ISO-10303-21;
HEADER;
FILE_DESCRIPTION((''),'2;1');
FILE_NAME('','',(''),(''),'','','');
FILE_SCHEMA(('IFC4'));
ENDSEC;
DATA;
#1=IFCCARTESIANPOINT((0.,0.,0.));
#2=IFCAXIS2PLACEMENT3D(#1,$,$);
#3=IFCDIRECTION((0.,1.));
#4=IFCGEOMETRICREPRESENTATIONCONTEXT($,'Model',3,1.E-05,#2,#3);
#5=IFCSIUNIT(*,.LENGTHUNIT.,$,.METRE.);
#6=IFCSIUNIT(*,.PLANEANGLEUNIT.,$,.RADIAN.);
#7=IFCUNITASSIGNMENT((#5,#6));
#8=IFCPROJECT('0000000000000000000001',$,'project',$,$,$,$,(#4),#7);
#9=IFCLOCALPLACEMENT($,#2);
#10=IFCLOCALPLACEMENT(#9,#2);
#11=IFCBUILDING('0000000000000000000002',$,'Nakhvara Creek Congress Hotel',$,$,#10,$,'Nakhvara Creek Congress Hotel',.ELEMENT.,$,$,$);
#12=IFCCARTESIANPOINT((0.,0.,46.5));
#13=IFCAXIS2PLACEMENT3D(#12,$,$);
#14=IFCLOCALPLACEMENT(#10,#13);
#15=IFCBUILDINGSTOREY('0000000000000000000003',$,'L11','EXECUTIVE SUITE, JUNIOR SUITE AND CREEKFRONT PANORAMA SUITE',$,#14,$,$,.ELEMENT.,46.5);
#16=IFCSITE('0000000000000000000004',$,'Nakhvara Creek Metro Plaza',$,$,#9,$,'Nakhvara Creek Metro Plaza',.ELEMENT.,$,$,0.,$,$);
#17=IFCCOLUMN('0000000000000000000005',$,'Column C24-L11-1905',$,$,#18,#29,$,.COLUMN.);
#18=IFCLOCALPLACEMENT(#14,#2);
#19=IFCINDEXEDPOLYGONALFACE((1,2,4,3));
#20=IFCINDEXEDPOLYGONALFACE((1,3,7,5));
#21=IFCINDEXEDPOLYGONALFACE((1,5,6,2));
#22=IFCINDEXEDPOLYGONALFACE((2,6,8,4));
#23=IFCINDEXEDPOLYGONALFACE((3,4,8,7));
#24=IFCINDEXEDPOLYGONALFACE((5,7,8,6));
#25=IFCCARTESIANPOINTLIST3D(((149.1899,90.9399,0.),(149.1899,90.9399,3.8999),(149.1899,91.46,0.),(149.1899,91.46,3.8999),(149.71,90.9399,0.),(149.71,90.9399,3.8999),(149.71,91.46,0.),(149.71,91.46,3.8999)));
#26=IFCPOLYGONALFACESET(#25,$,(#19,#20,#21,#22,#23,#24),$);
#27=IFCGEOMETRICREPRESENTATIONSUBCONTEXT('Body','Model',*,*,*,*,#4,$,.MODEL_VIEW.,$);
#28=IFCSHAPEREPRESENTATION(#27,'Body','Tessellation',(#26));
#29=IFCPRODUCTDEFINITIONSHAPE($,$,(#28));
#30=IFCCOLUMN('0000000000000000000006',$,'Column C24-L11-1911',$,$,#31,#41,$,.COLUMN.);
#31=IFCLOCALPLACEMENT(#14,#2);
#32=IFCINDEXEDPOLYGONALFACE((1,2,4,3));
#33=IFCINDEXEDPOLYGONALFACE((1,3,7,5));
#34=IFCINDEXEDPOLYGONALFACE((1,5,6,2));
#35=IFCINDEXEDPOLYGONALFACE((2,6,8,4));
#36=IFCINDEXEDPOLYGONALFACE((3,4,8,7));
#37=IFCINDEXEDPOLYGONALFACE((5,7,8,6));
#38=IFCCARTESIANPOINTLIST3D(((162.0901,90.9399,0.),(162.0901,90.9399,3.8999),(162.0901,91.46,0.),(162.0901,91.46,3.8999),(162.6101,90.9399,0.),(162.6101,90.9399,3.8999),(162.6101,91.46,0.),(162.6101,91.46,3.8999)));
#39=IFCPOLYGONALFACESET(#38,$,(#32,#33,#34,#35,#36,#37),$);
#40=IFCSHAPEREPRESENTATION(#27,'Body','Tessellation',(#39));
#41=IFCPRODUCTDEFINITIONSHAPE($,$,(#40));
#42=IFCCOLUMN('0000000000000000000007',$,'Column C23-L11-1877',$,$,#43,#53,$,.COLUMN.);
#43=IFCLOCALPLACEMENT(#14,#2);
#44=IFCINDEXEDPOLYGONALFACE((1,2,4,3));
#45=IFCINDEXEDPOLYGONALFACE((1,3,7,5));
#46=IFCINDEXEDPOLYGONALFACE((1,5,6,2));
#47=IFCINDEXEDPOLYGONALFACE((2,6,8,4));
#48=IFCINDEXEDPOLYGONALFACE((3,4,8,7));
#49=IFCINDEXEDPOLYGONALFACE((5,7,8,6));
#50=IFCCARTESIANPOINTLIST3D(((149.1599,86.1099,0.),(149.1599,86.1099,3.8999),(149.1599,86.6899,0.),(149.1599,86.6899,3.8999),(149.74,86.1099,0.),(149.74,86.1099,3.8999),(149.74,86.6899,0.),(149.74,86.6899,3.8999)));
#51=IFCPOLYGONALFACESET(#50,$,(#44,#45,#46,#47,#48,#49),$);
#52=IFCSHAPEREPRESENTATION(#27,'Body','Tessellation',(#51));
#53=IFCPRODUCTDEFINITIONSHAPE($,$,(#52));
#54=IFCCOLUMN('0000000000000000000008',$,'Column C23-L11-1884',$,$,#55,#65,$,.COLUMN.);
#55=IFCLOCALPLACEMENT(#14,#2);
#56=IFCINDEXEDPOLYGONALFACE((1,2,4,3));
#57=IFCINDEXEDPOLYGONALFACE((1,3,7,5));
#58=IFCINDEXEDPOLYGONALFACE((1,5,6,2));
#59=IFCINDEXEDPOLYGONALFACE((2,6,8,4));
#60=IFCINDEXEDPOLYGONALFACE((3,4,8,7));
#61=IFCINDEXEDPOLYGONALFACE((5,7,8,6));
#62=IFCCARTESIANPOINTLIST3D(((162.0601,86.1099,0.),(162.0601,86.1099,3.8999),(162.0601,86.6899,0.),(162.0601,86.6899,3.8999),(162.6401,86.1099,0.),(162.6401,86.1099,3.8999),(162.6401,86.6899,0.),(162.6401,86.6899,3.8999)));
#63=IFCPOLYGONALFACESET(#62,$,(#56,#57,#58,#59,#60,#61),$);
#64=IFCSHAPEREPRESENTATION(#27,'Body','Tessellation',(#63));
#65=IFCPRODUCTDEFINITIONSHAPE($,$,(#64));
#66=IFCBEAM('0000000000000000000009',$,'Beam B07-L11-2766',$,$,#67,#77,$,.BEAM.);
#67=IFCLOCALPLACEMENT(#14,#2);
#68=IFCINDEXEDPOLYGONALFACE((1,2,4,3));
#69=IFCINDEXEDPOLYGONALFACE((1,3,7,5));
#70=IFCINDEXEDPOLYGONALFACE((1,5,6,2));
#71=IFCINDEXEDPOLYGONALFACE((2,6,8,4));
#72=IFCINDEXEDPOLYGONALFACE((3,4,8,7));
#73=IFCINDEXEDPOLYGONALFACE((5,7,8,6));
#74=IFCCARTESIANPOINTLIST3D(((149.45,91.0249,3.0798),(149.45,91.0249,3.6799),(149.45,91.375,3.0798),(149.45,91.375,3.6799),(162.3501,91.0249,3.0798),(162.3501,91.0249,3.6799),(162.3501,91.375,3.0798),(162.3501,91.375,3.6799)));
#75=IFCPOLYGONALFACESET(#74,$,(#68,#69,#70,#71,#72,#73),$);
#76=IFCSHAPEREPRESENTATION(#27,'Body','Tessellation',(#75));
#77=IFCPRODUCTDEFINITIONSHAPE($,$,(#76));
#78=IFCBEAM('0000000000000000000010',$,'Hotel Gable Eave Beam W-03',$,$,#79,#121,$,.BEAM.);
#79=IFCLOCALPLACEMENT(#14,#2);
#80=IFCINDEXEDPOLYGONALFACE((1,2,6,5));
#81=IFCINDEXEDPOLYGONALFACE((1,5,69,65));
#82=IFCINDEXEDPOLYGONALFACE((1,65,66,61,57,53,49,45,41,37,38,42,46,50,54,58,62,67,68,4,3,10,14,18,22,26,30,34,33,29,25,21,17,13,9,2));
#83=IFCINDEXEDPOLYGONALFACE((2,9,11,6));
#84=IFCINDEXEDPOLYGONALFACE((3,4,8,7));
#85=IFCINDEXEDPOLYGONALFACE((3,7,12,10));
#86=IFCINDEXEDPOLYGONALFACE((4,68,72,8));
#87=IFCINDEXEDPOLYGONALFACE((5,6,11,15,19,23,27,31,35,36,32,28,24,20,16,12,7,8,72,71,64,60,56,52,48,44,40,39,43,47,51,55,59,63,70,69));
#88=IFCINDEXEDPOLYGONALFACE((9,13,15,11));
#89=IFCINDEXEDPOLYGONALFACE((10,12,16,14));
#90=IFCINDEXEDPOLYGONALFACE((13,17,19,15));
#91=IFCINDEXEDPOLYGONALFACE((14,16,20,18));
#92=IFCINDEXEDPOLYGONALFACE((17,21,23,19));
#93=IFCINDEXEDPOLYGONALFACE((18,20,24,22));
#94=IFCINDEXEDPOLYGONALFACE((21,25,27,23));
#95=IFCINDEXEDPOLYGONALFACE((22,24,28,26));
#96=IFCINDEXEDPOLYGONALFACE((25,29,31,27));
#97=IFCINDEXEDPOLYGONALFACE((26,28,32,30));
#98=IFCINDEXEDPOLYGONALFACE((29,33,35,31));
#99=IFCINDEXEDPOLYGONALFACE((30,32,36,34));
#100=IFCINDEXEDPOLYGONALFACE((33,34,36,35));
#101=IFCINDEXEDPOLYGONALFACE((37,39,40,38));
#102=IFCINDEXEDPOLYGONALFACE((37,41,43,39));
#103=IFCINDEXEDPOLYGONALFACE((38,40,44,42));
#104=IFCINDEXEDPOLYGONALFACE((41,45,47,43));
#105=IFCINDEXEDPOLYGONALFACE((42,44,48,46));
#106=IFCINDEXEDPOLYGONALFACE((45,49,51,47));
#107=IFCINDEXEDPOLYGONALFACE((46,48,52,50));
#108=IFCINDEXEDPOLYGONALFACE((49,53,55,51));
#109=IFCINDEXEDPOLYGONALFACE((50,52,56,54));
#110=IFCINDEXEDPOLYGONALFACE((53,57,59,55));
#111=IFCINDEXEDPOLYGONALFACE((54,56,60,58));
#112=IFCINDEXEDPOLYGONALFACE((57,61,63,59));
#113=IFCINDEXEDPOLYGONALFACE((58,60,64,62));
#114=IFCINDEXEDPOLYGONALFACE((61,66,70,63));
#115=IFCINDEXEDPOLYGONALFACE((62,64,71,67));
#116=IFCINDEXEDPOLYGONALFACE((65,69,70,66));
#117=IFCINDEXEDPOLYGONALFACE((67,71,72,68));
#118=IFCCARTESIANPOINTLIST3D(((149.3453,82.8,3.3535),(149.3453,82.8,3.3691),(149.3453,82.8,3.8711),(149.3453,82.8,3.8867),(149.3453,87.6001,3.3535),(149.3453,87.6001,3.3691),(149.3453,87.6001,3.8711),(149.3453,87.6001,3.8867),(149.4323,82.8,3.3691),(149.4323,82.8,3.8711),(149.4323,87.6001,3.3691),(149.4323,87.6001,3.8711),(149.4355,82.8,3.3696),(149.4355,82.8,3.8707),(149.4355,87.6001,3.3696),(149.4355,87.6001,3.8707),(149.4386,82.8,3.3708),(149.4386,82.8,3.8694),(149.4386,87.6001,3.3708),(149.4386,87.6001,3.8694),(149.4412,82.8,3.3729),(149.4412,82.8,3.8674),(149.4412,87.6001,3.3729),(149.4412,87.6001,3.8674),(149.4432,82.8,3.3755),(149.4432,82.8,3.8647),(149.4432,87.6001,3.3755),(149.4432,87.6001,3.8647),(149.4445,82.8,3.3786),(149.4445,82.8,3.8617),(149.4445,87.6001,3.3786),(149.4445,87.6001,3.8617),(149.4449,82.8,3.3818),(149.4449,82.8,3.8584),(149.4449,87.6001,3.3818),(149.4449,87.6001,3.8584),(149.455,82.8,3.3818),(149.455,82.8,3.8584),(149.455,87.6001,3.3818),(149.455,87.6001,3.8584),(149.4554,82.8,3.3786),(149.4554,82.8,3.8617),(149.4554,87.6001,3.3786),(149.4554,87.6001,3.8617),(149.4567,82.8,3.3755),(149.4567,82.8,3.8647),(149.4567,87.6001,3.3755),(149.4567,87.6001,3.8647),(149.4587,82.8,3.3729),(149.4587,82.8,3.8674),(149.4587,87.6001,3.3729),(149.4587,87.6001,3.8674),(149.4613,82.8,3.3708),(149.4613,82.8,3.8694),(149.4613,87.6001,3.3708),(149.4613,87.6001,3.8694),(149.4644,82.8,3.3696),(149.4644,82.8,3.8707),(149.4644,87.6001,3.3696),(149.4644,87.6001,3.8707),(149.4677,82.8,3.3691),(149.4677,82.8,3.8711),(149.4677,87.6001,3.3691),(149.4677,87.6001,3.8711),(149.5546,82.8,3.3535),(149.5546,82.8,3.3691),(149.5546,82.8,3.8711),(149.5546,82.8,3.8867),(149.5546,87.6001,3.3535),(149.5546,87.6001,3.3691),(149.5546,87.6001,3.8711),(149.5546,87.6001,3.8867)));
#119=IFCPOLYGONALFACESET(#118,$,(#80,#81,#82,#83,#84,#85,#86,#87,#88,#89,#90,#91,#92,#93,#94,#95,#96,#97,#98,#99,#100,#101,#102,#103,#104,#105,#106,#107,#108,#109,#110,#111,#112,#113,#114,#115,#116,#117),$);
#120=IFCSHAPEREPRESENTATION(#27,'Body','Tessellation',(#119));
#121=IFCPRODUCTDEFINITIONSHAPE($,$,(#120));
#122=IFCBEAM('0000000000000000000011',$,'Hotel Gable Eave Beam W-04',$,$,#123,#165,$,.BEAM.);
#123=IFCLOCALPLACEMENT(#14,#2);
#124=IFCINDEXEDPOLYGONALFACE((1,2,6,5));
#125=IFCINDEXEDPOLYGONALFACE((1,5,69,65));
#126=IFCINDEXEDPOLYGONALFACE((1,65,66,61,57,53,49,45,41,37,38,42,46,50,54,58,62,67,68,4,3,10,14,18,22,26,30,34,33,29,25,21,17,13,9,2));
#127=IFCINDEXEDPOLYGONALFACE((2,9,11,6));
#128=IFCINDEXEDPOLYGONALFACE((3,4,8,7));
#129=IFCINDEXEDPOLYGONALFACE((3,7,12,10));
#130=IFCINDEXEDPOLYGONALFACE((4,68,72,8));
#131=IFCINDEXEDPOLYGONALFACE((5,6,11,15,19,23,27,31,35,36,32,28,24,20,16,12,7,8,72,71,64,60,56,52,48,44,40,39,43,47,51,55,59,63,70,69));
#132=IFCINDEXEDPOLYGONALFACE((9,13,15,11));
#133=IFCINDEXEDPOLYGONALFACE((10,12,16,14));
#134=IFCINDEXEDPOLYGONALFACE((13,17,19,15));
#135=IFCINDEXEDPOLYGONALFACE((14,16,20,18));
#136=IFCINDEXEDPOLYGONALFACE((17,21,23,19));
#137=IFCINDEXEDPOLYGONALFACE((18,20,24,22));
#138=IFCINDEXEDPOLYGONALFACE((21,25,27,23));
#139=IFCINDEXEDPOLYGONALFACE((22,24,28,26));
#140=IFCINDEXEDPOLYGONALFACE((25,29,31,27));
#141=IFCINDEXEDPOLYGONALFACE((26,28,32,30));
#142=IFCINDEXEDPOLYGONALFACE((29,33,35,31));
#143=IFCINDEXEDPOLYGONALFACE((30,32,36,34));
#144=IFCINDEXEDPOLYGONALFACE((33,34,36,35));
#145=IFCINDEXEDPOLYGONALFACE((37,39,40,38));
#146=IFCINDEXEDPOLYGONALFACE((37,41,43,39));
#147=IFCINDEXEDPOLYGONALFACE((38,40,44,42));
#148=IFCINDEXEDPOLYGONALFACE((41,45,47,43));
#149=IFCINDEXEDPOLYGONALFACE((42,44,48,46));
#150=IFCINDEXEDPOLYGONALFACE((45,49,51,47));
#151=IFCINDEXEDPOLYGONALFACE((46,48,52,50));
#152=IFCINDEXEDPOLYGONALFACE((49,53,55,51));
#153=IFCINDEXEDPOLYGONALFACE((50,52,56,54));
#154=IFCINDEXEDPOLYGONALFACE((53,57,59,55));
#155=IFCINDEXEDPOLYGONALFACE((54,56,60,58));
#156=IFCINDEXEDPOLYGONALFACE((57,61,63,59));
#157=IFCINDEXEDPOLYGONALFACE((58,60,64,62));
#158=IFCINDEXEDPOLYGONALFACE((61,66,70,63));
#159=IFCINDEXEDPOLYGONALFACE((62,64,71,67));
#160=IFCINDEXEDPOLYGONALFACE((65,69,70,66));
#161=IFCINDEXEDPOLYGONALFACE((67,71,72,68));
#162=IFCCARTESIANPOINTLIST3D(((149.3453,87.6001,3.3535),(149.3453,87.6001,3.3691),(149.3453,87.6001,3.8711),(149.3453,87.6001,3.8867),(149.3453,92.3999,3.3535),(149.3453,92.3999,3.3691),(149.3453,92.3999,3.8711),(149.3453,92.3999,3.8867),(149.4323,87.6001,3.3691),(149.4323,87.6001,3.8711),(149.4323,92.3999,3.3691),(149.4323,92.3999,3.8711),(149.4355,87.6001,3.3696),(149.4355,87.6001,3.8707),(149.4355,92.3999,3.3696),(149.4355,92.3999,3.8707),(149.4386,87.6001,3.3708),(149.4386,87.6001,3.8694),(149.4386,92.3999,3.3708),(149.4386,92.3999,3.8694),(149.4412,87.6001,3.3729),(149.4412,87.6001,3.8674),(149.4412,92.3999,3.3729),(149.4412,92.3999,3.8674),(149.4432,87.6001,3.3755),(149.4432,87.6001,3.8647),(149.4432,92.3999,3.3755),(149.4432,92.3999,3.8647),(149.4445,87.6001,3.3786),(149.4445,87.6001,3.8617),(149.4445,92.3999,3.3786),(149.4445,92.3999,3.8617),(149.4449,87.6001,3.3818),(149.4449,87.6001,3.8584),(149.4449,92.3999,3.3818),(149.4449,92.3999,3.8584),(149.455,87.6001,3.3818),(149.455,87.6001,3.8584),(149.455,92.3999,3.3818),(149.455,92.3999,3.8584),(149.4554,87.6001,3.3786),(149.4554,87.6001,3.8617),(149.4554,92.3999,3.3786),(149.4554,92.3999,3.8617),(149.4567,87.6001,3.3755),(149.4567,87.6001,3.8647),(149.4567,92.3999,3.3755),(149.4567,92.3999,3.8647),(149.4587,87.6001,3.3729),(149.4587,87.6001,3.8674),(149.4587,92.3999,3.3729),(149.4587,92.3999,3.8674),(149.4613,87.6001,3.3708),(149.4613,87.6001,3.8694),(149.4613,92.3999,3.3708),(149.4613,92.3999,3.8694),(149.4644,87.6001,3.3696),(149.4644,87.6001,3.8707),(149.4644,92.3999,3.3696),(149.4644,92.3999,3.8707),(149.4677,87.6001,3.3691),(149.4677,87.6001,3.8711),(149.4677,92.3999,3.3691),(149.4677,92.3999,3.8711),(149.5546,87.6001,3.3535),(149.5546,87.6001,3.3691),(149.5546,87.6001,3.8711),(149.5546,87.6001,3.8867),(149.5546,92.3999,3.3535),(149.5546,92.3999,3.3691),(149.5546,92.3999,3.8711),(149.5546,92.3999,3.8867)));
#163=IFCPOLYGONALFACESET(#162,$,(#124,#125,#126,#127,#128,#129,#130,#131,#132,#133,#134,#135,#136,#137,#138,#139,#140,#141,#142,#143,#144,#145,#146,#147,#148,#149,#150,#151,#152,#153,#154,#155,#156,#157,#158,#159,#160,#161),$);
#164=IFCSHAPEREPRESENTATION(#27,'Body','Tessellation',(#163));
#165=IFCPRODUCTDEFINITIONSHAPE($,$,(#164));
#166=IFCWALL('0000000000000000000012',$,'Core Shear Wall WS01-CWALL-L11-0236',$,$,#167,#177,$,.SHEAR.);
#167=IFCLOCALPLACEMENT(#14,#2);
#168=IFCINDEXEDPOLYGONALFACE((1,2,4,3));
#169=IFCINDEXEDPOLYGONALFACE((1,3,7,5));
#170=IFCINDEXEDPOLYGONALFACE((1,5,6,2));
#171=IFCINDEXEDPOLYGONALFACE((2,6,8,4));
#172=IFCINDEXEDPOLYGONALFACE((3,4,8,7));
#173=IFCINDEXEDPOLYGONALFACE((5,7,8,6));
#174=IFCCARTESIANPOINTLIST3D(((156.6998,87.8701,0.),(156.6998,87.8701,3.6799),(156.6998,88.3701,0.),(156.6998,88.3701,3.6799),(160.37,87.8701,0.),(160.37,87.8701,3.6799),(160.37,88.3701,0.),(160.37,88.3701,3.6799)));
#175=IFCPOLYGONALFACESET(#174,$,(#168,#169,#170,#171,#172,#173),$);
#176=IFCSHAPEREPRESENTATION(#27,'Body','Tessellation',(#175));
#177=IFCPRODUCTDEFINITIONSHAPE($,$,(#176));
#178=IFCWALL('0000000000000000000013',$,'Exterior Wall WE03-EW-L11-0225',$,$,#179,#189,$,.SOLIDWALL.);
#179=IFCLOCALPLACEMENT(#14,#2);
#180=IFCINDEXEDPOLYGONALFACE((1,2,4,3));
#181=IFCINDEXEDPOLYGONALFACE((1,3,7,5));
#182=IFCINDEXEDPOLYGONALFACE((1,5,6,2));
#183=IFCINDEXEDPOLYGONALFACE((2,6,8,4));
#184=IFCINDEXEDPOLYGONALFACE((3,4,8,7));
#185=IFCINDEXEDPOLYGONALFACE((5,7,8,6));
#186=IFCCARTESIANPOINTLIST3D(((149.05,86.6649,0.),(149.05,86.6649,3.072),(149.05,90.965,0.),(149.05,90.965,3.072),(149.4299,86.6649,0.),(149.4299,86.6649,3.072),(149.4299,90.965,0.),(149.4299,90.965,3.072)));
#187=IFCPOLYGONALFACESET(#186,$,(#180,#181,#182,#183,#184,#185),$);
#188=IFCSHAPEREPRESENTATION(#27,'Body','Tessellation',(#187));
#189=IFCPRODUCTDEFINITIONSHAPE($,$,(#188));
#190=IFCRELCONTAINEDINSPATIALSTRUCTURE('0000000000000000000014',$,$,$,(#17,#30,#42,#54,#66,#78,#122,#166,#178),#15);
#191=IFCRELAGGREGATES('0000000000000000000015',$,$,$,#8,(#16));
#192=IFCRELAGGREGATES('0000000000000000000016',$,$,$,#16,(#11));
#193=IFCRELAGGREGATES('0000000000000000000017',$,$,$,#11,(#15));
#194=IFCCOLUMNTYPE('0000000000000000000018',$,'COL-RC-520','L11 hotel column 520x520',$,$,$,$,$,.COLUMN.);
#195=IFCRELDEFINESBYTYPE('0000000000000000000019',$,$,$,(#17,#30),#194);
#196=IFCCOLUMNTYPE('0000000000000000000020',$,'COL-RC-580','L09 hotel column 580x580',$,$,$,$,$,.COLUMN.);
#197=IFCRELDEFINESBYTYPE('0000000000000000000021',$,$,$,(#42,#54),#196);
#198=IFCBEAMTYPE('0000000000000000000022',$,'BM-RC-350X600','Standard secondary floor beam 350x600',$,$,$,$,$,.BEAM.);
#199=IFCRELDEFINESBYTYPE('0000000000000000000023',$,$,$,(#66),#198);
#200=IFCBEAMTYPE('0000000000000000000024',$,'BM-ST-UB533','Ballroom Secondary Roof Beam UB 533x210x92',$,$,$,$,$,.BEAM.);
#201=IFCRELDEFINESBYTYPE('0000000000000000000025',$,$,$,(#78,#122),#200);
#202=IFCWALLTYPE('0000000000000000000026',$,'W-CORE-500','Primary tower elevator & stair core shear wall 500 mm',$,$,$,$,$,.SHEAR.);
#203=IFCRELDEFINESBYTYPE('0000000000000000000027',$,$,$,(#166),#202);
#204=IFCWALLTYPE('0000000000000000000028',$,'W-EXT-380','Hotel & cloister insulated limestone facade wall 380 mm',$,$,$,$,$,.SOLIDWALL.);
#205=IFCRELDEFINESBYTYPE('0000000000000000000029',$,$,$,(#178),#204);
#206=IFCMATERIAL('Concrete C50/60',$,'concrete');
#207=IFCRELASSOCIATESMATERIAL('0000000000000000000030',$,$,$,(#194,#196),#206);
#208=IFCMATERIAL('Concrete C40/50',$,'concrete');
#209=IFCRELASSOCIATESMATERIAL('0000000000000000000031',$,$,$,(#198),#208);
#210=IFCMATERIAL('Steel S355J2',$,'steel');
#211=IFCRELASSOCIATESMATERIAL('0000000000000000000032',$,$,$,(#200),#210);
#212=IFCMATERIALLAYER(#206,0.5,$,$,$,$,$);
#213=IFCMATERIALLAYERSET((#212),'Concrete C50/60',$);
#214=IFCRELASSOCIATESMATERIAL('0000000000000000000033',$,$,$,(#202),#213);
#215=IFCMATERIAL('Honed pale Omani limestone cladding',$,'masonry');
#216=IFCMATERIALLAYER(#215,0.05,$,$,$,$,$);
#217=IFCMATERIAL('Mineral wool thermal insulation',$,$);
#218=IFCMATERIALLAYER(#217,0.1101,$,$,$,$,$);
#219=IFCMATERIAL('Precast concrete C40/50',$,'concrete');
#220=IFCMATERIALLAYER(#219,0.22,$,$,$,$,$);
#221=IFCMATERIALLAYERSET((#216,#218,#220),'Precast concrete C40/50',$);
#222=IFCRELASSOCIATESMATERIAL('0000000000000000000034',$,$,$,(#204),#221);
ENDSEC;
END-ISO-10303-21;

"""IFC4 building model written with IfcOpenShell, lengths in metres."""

from ifc_helpers import new_model, si_unit, direction, frame, frame_2d, origin, origin_2d, place, context, subcontext, project, spatial, rectangle, i_section, extrude, material, layer, layer_set, material_profile, profile_set, type_object, element, save


model = new_model("IFC4")

# Units and contexts
model_context = context("Model", 3, precision=1e-05, world=origin(), true_north=direction((0.0, 1.0)))
body_context = subcontext(model_context, "Body", "Model", "MODEL_VIEW")
ifc_project = project(units=[si_unit("LENGTHUNIT", "METRE"), si_unit("PLANEANGLEUNIT", "RADIAN")], contexts=[model_context])

# Site, building, storey
site_placement = place(None, origin())
site = spatial("IfcSite", under=ifc_project, at=site_placement, Name="Nakhvara Creek Metro Plaza", LongName="Nakhvara Creek Metro Plaza", CompositionType="ELEMENT", RefElevation=0.0)
building_placement = place(site_placement, origin())
building = spatial("IfcBuilding", under=site, at=building_placement, Name="Nakhvara Creek Congress Hotel", LongName="Nakhvara Creek Congress Hotel", CompositionType="ELEMENT")
storey_placement = place(building_placement, frame((0.0, 0.0, 46.5)))
storey = spatial("IfcBuildingStorey", under=building, at=storey_placement, Name="L11", Description="EXECUTIVE SUITE, JUNIOR SUITE AND CREEKFRONT PANORAMA SUITE", CompositionType="ELEMENT", Elevation=46.5)

# Columns
ifc_material_1 = material(Name="Concrete C50/60", Category="concrete")
ifc_material_profile_1 = material_profile(ifc_material_1, rectangle(XDim=0.52, YDim=0.52, at=origin_2d()), Name="RC-COL 520x520", Category="LoadBearing")
ifc_profile_set_1 = profile_set([ifc_material_profile_1], Name="Concrete C50/60")
column_type_1 = type_object("IfcColumnType", Name="COL-RC-520", Description="L11 hotel column 520x520", PredefinedType="COLUMN", material=ifc_profile_set_1)
for number, where, z_axis, x_axis, name in (
    (1, (149.45, 91.2, 0.0), (0.0, 0.0, 1.0), (1.0, 0.0, 0.0), "Column C24-L11-1905"),
    (2, (162.3501, 91.2, 0.0), (0.0, 0.0, 1.0), (1.0, 0.0, 0.0), "Column C24-L11-1911"),
):
    element("IfcColumn", number, at=place(storey_placement, frame(where, z_axis=z_axis, x_axis=x_axis)), inside=storey, type_object=column_type_1, Name=name, PredefinedType="COLUMN", context=body_context, shape_type="SweptSolid", body=[
        extrude(rectangle(XDim=0.52, YDim=0.52, at=origin_2d()), origin(), (0.0, 0.0, 1.0), 3.8999),
    ])
ifc_material_profile_2 = material_profile(ifc_material_1, rectangle(XDim=0.5801, YDim=0.5801, at=origin_2d()), Name="RC-COL 580x580", Category="LoadBearing")
ifc_profile_set_2 = profile_set([ifc_material_profile_2], Name="Concrete C50/60")
column_type_2 = type_object("IfcColumnType", Name="COL-RC-580", Description="L09 hotel column 580x580", PredefinedType="COLUMN", material=ifc_profile_set_2)
for number, where, z_axis, x_axis, name in (
    (3, (149.45, 86.3999, 0.0), (0.0, 0.0, 1.0), (1.0, 0.0, 0.0), "Column C23-L11-1877"),
    (4, (162.3501, 86.3999, 0.0), (0.0, 0.0, 1.0), (1.0, 0.0, 0.0), "Column C23-L11-1884"),
):
    element("IfcColumn", number, at=place(storey_placement, frame(where, z_axis=z_axis, x_axis=x_axis)), inside=storey, type_object=column_type_2, Name=name, PredefinedType="COLUMN", context=body_context, shape_type="SweptSolid", body=[
        extrude(rectangle(XDim=0.5801, YDim=0.5801, at=origin_2d()), origin(), (0.0, 0.0, 1.0), 3.8999),
    ])

# Beams
ifc_material_2 = material(Name="Concrete C40/50", Category="concrete")
ifc_material_profile_3 = material_profile(ifc_material_2, rectangle(XDim=0.3501, YDim=0.6001, at=origin_2d()), Name="RC-BM 350x600", Category="LoadBearing")
ifc_profile_set_3 = profile_set([ifc_material_profile_3], Name="Concrete C40/50")
beam_type_1 = type_object("IfcBeamType", Name="BM-RC-350X600", Description="Standard secondary floor beam 350x600", PredefinedType="BEAM", material=ifc_profile_set_3)
beam_1_placement = place(storey_placement, frame((149.45, 91.2, 3.3799), z_axis=(1.0, 0.0, 0.0), x_axis=(0.0, 1.0, 0.0)))
element("IfcBeam", 5, at=beam_1_placement, inside=storey, type_object=beam_type_1, Name="Beam B07-L11-2766", PredefinedType="BEAM", context=body_context, shape_type="SweptSolid", body=[
    extrude(rectangle(XDim=0.3501, YDim=0.6001, at=origin_2d()), origin(), (0.0, 0.0, 1.0), 12.9001),
])
ifc_material_3 = material(Name="Steel S355J2", Category="steel")
ifc_material_profile_4 = material_profile(ifc_material_3, i_section(OverallWidth=0.2092, OverallDepth=0.5332, WebThickness=0.01, FlangeThickness=0.0156, FilletRadius=0.0127, at=origin_2d()), Name="UB 533x210x92", Category="LoadBearing")
ifc_profile_set_4 = profile_set([ifc_material_profile_4], Name="Steel S355J2")
beam_type_2 = type_object("IfcBeamType", Name="BM-ST-UB533", Description="Ballroom Secondary Roof Beam UB 533x210x92", PredefinedType="BEAM", material=ifc_profile_set_4)
beam_2_placement = place(storey_placement, frame((149.45, 82.8, 3.6201), z_axis=(0.0, 1.0, 0.0), x_axis=(-1.0, 0.0, 0.0)))
element("IfcBeam", 6, at=beam_2_placement, inside=storey, type_object=beam_type_2, Name="Hotel Gable Eave Beam W-03", PredefinedType="BEAM", context=body_context, shape_type="SweptSolid", body=[
    extrude(i_section(OverallWidth=0.2092, OverallDepth=0.5332, WebThickness=0.01, FlangeThickness=0.0156, FilletRadius=0.0127, at=origin_2d()), origin(), (0.0, 0.0, 1.0), 4.8),
])
beam_3_placement = place(storey_placement, frame((149.45, 87.6001, 3.6201), z_axis=(0.0, 1.0, 0.0), x_axis=(-1.0, 0.0, 0.0)))
element("IfcBeam", 7, at=beam_3_placement, inside=storey, type_object=beam_type_2, Name="Hotel Gable Eave Beam W-04", PredefinedType="BEAM", context=body_context, shape_type="SweptSolid", body=[
    extrude(i_section(OverallWidth=0.2092, OverallDepth=0.5332, WebThickness=0.01, FlangeThickness=0.0156, FilletRadius=0.0127, at=origin_2d()), origin(), (0.0, 0.0, 1.0), 4.7998),
])

# Walls
ifc_layer_1 = layer(ifc_material_1, 0.5)
ifc_layer_set_1 = layer_set([ifc_layer_1], Name="Concrete C50/60")
wall_type_1 = type_object("IfcWallType", Name="W-CORE-500", Description="Primary tower elevator & stair core shear wall 500 mm", PredefinedType="SHEAR", material=ifc_layer_set_1)
wall_1_placement = place(storey_placement, frame((156.7, 88.1201, 0.0), z_axis=(0.0, 0.0, 1.0), x_axis=(1.0, 0.0, 0.0)))
element("IfcWall", 8, at=wall_1_placement, inside=storey, type_object=wall_type_1, Name="Core Shear Wall WS01-CWALL-L11-0236", PredefinedType="SHEAR", context=body_context, shape_type="SweptSolid", body=[
    extrude(rectangle(XDim=3.6702, YDim=0.5, at=frame_2d((1.835, 0.0))), origin(), (0.0, 0.0, 1.0), 3.6799),
])
ifc_material_4 = material(Name="Honed pale Omani limestone cladding", Category="masonry")
ifc_layer_2 = layer(ifc_material_4, 0.05)
ifc_material_5 = material(Name="Mineral wool thermal insulation")
ifc_layer_3 = layer(ifc_material_5, 0.1101)
ifc_material_6 = material(Name="Precast concrete C40/50", Category="concrete")
ifc_layer_4 = layer(ifc_material_6, 0.22)
ifc_layer_set_2 = layer_set([ifc_layer_2, ifc_layer_3, ifc_layer_4], Name="Precast concrete C40/50")
wall_type_2 = type_object("IfcWallType", Name="W-EXT-380", Description="Hotel & cloister insulated limestone facade wall 380 mm", PredefinedType="SOLIDWALL", material=ifc_layer_set_2)
wall_2_placement = place(storey_placement, frame((149.24, 86.665, 0.0), z_axis=(0.0, 0.0, 1.0), x_axis=(0.0, 1.0, 0.0)))
element("IfcWall", 9, at=wall_2_placement, inside=storey, type_object=wall_type_2, Name="Exterior Wall WE03-EW-L11-0225", PredefinedType="SOLIDWALL", context=body_context, shape_type="SweptSolid", body=[
    extrude(rectangle(XDim=4.3, YDim=0.3799, at=frame_2d((2.1499, 0.0))), origin(), (0.0, 0.0, 1.0), 3.072),
])

save(model, "model.ifc")
